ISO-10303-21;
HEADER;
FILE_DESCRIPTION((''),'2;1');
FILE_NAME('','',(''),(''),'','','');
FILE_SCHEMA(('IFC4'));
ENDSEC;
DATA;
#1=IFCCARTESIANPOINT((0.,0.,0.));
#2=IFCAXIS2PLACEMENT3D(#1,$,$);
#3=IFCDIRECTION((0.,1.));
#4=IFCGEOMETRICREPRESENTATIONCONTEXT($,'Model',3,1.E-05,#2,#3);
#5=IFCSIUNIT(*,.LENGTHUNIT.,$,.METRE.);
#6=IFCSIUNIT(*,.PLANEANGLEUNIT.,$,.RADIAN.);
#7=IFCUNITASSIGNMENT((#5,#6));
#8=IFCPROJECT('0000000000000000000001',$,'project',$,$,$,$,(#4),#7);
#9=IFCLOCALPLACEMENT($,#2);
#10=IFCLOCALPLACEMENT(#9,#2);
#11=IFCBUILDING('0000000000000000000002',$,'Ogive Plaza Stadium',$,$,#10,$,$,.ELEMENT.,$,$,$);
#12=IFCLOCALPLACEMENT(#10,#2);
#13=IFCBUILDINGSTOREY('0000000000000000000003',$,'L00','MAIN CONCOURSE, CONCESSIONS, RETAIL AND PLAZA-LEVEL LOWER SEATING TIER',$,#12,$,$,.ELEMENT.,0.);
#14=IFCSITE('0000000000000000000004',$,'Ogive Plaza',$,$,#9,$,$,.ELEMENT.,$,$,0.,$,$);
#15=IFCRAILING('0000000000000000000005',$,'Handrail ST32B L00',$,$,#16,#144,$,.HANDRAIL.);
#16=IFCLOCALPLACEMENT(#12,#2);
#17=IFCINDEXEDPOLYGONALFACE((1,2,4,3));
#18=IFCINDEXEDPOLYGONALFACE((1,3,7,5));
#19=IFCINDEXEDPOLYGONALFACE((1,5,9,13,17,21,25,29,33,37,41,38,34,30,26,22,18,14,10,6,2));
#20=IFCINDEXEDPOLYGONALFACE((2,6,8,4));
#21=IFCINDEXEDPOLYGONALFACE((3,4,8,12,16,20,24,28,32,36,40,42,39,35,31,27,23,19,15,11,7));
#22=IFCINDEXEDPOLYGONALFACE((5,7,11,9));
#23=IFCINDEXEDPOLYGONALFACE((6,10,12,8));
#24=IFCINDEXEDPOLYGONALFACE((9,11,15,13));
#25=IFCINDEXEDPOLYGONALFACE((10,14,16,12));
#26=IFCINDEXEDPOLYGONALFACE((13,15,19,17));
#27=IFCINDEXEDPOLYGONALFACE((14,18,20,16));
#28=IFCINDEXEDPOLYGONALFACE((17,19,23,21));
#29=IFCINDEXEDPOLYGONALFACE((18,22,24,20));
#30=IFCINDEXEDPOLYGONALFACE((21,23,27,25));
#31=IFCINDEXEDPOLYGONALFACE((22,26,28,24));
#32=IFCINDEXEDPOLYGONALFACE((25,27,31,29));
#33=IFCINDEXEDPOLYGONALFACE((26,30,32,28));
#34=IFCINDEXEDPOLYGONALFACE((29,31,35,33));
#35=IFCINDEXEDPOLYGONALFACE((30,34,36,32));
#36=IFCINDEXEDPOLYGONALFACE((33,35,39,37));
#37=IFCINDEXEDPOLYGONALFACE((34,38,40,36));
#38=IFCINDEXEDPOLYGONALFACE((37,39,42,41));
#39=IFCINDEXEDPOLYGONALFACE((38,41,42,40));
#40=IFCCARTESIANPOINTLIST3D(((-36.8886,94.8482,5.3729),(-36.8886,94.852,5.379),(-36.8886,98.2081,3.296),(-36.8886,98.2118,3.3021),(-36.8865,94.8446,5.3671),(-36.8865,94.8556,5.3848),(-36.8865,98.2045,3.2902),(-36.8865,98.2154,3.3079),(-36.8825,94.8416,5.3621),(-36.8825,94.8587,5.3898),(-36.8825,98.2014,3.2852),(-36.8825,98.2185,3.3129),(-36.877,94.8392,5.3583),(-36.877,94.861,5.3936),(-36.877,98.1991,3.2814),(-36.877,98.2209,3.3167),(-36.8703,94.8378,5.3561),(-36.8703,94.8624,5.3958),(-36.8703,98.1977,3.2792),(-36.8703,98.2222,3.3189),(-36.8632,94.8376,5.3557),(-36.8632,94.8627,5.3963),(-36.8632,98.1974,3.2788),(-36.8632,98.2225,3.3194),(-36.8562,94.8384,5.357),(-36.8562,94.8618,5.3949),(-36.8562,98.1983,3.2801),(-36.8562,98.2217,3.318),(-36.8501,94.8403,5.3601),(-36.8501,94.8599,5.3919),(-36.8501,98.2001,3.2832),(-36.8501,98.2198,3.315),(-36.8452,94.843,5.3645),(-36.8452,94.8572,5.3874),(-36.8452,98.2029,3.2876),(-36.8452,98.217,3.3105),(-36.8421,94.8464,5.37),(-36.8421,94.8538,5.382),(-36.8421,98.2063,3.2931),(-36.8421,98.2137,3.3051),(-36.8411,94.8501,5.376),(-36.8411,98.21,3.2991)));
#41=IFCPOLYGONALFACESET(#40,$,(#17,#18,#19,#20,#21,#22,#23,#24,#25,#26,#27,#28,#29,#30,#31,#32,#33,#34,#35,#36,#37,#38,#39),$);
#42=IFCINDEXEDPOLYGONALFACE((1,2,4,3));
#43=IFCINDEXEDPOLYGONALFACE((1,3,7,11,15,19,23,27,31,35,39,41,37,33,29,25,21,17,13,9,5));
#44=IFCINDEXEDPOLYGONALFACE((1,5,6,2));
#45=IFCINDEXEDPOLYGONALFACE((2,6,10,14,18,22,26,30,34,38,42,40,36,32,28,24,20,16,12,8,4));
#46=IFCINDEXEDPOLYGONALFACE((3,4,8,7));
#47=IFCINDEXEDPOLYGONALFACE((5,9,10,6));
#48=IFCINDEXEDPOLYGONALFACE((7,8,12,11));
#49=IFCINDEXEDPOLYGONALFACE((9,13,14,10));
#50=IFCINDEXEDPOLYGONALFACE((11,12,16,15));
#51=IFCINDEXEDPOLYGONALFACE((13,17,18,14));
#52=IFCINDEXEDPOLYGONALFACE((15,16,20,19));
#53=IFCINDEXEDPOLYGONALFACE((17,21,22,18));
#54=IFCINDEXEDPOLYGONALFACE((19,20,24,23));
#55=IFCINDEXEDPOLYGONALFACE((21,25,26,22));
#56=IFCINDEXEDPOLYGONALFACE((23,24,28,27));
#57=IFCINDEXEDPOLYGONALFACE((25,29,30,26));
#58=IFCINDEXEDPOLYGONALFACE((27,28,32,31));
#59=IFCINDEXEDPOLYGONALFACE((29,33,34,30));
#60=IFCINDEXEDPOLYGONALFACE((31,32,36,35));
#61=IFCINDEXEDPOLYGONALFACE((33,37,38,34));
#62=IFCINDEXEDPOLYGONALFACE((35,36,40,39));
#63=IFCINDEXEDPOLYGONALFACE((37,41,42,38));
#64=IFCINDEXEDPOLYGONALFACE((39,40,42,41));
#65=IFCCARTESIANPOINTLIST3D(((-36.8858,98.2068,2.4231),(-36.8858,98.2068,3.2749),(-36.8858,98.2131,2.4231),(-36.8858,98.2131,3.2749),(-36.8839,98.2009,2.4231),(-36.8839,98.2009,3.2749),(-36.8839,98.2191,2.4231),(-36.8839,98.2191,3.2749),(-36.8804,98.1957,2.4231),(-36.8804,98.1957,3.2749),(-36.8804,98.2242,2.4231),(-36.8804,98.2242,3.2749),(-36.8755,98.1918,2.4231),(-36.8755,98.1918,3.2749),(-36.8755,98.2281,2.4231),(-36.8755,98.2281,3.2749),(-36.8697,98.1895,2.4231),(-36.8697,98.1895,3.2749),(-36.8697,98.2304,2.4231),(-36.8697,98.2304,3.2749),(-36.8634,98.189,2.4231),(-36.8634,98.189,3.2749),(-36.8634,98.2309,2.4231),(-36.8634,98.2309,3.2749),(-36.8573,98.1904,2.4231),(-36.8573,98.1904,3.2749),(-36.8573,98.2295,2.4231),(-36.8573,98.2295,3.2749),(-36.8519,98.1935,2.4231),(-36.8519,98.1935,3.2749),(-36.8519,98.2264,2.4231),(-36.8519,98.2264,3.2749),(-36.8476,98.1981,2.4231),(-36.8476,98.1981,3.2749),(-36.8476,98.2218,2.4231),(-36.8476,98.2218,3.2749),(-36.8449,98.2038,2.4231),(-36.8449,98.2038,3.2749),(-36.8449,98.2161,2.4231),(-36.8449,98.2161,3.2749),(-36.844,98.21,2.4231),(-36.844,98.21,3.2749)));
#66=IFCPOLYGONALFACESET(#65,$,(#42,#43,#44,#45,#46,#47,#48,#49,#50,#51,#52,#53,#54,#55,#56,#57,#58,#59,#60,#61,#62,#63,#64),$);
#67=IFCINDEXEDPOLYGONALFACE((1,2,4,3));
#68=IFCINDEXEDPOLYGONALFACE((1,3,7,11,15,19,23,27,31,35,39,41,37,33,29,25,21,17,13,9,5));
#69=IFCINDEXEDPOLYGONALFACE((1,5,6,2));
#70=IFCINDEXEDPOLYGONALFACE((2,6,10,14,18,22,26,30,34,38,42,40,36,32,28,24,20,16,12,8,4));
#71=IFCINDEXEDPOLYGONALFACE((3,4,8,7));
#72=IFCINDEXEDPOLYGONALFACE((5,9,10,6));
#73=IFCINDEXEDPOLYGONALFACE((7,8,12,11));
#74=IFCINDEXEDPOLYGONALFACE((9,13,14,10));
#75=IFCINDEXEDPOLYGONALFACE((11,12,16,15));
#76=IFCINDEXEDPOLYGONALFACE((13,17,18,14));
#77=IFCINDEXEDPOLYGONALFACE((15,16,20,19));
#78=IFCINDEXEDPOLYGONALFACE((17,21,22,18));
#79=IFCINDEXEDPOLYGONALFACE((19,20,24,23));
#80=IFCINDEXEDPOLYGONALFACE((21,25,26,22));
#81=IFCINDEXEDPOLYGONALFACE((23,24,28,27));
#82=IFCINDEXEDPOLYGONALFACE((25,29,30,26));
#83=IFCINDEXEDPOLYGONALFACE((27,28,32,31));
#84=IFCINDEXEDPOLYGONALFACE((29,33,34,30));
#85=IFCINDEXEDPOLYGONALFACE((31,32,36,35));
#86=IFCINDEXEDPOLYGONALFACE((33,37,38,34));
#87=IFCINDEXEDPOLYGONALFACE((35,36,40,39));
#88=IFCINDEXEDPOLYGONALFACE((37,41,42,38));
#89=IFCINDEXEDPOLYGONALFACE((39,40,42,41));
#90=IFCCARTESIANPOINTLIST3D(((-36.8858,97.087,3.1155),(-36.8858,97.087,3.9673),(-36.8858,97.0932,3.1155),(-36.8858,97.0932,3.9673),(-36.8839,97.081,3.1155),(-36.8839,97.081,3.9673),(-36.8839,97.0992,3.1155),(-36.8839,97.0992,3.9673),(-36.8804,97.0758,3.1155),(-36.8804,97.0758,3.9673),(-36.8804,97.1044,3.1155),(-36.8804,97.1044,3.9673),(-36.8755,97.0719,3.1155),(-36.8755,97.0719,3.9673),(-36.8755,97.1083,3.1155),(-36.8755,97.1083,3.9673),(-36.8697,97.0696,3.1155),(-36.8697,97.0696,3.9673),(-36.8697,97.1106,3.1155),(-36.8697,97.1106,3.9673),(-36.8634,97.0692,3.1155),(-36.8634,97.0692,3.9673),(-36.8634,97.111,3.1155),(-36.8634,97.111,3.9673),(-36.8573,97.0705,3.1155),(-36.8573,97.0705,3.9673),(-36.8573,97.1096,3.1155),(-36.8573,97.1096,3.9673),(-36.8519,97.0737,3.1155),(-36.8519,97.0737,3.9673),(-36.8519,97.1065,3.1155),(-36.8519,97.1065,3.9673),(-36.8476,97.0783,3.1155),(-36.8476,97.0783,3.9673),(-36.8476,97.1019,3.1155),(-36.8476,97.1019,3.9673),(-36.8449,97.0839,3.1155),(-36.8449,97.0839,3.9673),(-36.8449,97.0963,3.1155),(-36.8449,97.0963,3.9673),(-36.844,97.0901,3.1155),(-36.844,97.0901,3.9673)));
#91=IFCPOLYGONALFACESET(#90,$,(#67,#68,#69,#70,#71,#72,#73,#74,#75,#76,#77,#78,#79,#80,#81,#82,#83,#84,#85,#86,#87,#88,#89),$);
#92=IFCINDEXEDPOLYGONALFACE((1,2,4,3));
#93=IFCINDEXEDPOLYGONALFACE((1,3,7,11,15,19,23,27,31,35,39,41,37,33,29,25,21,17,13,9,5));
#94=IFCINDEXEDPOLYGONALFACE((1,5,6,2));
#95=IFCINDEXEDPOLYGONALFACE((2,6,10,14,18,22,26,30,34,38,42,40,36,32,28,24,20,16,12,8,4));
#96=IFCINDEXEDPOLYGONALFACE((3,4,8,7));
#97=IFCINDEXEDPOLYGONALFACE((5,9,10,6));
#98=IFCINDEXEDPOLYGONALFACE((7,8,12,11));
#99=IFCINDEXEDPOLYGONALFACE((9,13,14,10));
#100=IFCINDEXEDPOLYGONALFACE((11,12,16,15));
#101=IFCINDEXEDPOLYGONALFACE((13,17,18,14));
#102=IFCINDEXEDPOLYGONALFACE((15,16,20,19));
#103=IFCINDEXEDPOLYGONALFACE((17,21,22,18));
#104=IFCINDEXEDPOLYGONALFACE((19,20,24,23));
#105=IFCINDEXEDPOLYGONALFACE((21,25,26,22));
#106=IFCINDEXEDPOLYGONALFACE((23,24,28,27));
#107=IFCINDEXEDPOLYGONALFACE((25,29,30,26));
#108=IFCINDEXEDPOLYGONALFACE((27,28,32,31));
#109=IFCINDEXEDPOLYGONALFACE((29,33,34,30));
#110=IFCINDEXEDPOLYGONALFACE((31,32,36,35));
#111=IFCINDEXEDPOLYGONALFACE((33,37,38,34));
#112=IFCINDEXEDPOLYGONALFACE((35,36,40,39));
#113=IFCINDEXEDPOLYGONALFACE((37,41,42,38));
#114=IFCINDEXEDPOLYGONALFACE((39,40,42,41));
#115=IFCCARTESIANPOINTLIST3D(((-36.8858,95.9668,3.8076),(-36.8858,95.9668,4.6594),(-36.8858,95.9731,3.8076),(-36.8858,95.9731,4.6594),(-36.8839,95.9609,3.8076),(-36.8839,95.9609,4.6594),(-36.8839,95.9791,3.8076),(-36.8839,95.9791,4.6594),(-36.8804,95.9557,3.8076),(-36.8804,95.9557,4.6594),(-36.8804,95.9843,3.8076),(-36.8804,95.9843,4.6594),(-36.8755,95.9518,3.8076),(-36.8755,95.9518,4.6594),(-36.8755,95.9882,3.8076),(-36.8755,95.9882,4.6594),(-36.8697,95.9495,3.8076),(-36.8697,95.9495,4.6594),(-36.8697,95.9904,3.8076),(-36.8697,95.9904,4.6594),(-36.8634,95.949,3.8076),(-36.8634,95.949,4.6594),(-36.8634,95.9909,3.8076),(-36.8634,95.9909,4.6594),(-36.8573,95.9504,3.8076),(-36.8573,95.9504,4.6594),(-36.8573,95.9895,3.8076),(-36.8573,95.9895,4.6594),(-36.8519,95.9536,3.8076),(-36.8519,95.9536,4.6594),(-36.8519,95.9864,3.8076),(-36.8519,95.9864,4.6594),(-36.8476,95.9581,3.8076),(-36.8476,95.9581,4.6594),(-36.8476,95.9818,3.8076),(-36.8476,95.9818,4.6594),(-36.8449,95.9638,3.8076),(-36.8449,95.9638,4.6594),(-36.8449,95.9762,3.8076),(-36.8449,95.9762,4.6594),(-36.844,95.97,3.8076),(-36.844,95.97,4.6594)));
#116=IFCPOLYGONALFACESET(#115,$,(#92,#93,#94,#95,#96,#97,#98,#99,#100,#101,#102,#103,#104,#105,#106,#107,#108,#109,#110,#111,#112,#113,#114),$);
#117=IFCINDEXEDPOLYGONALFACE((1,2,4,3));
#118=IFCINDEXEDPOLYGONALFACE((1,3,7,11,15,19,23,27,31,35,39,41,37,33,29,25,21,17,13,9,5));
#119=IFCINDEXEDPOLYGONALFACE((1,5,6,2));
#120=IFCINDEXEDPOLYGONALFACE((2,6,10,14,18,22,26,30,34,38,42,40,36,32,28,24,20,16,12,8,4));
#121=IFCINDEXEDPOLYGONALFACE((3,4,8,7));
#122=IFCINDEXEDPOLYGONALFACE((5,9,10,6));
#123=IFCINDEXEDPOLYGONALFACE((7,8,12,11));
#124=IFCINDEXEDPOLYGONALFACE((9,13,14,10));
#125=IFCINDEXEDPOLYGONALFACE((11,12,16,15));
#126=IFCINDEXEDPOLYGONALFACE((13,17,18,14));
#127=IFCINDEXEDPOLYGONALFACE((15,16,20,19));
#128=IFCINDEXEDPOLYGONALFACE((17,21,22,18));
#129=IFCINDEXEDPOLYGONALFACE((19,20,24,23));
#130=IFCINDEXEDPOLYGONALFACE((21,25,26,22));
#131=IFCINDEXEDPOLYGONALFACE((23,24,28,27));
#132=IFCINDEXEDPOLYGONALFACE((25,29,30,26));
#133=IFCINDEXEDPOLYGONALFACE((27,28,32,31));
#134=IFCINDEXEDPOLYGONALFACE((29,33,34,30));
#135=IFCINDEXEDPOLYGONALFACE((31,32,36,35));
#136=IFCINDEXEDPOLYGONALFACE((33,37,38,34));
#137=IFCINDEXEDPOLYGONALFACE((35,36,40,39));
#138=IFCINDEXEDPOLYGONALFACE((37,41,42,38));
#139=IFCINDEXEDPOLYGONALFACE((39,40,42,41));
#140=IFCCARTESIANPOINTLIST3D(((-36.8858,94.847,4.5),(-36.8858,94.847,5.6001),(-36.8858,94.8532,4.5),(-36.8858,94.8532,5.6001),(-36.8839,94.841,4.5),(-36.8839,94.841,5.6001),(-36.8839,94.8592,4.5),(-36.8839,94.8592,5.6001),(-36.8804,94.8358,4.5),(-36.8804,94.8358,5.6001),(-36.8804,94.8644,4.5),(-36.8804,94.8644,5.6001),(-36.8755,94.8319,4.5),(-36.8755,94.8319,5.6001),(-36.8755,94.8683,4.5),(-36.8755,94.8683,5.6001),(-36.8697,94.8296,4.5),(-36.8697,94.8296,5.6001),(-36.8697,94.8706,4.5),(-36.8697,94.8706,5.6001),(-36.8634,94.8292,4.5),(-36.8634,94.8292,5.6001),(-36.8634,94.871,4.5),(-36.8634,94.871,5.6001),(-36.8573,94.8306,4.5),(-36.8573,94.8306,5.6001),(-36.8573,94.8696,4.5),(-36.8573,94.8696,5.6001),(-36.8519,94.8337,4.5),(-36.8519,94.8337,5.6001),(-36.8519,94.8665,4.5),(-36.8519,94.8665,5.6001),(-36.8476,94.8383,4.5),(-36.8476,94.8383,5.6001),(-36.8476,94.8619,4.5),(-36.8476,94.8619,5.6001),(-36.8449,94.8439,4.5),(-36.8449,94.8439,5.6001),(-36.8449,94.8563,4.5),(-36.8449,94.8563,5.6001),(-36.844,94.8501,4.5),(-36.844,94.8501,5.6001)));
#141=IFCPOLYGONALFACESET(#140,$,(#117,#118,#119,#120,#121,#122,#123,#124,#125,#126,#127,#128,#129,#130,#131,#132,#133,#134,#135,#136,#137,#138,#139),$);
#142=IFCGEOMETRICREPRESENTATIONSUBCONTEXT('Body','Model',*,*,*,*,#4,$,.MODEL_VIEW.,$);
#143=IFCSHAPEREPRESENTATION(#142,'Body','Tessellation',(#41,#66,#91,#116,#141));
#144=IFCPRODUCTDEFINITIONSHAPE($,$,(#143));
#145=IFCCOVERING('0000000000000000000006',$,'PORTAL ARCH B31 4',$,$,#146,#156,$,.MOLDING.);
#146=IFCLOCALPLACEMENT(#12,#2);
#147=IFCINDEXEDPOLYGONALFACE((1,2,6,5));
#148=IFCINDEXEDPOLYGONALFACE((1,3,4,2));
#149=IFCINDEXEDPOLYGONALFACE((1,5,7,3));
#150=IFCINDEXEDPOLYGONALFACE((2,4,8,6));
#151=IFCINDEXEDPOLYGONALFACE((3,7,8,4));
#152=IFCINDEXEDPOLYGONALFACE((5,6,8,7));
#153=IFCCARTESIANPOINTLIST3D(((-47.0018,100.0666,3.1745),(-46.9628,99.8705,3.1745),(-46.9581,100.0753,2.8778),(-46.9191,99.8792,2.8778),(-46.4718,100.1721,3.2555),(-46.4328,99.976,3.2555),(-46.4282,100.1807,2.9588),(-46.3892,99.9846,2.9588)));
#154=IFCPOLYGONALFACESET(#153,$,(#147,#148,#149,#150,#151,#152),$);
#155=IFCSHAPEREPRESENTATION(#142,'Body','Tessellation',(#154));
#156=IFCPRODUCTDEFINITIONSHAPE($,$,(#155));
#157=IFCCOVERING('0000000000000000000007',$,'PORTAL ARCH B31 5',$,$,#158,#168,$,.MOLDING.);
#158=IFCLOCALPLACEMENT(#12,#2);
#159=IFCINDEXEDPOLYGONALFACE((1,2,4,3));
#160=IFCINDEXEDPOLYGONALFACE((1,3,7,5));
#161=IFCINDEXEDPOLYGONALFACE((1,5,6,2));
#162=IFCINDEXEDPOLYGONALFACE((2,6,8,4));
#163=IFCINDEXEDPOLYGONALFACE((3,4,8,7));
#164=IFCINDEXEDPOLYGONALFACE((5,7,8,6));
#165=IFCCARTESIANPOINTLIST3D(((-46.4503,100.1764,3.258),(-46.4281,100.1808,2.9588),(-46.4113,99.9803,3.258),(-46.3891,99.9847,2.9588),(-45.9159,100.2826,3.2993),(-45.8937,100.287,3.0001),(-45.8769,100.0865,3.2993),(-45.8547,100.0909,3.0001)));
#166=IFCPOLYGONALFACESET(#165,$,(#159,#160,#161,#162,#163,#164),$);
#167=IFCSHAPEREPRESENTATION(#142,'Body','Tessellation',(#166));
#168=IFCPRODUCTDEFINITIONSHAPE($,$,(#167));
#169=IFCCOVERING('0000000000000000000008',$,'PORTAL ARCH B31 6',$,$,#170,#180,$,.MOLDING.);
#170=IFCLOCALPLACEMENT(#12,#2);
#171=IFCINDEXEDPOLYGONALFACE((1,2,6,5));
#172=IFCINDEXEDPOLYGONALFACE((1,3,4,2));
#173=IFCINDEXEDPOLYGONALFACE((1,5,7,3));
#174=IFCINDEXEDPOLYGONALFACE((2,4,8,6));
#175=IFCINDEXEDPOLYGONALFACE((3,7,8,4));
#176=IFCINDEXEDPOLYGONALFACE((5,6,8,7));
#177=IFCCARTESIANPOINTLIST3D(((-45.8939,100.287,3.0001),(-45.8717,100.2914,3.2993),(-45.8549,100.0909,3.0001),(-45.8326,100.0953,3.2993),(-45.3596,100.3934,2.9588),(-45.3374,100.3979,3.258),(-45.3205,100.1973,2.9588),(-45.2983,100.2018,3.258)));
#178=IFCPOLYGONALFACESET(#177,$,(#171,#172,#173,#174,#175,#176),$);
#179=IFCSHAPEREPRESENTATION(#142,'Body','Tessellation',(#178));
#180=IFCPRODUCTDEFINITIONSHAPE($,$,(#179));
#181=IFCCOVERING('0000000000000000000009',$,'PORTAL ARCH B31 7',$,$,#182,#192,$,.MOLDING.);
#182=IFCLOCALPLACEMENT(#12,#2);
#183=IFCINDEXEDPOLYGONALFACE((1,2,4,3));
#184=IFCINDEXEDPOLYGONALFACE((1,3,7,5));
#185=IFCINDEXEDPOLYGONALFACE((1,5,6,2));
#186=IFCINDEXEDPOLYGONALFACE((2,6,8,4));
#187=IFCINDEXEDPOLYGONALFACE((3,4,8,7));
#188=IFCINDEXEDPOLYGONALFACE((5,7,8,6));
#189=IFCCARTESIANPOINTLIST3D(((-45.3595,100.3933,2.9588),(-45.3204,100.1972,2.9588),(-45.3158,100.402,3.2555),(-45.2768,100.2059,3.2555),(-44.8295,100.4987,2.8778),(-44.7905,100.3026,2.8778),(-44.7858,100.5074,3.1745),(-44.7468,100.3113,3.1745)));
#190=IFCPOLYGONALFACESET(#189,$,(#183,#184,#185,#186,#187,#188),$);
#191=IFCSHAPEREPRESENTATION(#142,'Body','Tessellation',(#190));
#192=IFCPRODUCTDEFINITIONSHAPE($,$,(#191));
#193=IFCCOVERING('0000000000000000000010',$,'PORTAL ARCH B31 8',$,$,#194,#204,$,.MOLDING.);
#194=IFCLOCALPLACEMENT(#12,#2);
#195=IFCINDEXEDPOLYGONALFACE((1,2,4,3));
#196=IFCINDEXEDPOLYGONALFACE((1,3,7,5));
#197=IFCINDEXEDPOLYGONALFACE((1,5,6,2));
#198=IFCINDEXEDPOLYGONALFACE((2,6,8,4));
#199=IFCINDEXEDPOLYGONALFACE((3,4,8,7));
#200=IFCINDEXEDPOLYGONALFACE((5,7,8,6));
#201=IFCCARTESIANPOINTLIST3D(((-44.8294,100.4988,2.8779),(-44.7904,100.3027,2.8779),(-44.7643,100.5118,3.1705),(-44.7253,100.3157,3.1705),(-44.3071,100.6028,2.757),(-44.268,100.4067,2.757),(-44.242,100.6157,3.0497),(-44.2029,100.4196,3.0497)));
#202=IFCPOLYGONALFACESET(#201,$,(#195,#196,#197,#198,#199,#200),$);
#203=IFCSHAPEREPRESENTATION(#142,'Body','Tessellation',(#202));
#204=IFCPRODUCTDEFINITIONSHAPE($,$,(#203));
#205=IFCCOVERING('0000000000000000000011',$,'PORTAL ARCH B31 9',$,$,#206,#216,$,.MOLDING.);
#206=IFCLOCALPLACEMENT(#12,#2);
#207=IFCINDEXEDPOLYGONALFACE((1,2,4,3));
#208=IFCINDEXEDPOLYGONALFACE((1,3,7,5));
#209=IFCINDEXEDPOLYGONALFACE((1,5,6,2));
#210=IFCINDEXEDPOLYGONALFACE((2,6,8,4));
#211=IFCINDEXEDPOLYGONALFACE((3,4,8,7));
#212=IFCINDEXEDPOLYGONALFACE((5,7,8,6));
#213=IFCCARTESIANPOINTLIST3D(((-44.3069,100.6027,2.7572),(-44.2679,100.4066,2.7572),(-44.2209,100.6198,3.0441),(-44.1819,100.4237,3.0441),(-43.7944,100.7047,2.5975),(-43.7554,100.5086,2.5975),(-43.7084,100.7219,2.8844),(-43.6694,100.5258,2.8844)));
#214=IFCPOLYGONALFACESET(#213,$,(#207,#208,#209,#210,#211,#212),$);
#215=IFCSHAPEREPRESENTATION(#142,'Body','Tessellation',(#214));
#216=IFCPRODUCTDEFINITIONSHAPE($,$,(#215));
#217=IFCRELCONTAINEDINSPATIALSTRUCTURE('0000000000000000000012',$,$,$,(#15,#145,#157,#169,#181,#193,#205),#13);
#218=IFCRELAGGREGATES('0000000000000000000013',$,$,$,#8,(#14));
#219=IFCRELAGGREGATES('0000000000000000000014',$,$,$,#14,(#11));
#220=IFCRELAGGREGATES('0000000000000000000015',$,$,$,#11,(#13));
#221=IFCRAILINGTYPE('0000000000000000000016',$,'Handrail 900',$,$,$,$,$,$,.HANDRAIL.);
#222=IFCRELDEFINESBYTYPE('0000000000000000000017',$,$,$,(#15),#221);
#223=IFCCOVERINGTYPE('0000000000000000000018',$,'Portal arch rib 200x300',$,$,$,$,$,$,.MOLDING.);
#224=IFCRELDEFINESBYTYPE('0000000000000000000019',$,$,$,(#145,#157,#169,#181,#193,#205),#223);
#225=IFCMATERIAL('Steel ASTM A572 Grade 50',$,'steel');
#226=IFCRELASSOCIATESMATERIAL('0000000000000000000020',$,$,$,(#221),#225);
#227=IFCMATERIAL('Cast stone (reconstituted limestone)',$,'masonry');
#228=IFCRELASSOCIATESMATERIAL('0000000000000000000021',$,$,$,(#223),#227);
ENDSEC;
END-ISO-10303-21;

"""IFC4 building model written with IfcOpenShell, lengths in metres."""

from ifc_helpers import new_model, si_unit, direction, frame, origin, origin_2d, place, context, subcontext, project, spatial, rectangle, circle, extrude, material, material_profile, profile_set, type_object, element, save


model = new_model("IFC4")

# Units and contexts
model_context = context("Model", 3, precision=1e-05, world=origin(), true_north=direction((0.0, 1.0)))
body_context = subcontext(model_context, "Body", "Model", "MODEL_VIEW")
ifc_project = project(units=[si_unit("LENGTHUNIT", "METRE"), si_unit("PLANEANGLEUNIT", "RADIAN")], contexts=[model_context])

# Site, building, storey
site_placement = place(None, origin())
site = spatial("IfcSite", under=ifc_project, at=site_placement, Name="Ogive Plaza", CompositionType="ELEMENT", RefElevation=0.0)
building_placement = place(site_placement, origin())
building = spatial("IfcBuilding", under=site, at=building_placement, Name="Ogive Plaza Stadium", CompositionType="ELEMENT")
storey_placement = place(building_placement, origin())
storey = spatial("IfcBuildingStorey", under=building, at=storey_placement, Name="L00", Description="MAIN CONCOURSE, CONCESSIONS, RETAIL AND PLAZA-LEVEL LOWER SEATING TIER", CompositionType="ELEMENT", Elevation=0.0)

# Railing
ifc_material_1 = material(Name="Steel ASTM A572 Grade 50", Category="steel")
railing_type_1 = type_object("IfcRailingType", Name="Handrail 900", PredefinedType="HANDRAIL", material=ifc_material_1)
for number, where, name in (
    (1, (-36.865, 98.21, 2.4231), "Handrail ST32B L00"),
):
    element("IfcRailing", number, at=place(storey_placement, frame(where)), inside=storey, type_object=railing_type_1, Name=name, PredefinedType="HANDRAIL", context=body_context, shape_type="SweptSolid", body=[
        extrude(circle(Radius=0.0239, at=origin_2d()), frame((0.0, 0.0, 0.876), z_axis=(0.0, -0.850606, 0.525803), x_axis=(1.0, 0.0, 0.0)), (0.0, 0.0, 1.0), 3.95),
        extrude(circle(Radius=0.021, at=origin_2d()), origin(), (0.0, 0.0, 1.0), 0.8518),
        extrude(circle(Radius=0.021, at=origin_2d()), frame((0.0, -1.1199, 0.6924)), (0.0, 0.0, 1.0), 0.8518),
        extrude(circle(Radius=0.021, at=origin_2d()), frame((0.0, -2.24, 1.3845)), (0.0, 0.0, 1.0), 0.8518),
        extrude(circle(Radius=0.021, at=origin_2d()), frame((0.0, -3.3599, 2.0769)), (0.0, 0.0, 1.0), 1.1001),
    ])

# Coverings
ifc_material_2 = material(Name="Cast stone (reconstituted limestone)", Category="masonry")
ifc_material_profile_1 = material_profile(ifc_material_2, rectangle(XDim=0.2, YDim=0.3, at=origin_2d()), Name="Cast stone 200x300")
ifc_profile_set_1 = profile_set([ifc_material_profile_1], Name="Cast stone (reconstituted limestone)")
covering_type = type_object("IfcCoveringType", Name="Portal arch rib 200x300", PredefinedType="MOLDING", material=ifc_profile_set_1)
for number, where, z_axis, x_axis, name in (
    (2, (-46.9604, 99.9729, 3.0261), (0.969923, 0.193002, 0.148325), (-0.19516, 0.980771, 0.0), "PORTAL ARCH B31 4"),
    (3, (-46.4197, 100.0806, 3.1084), (0.978021, 0.194353, 0.075507), (-0.19491, 0.980821, 0.0), "PORTAL ARCH B31 5"),
    (4, (-45.8633, 100.1912, 3.1497), (0.977936, 0.194783, -0.075501), (-0.195341, 0.980735, 0.0), "PORTAL ARCH B31 6"),
    (5, (-45.3181, 100.2996, 3.1072), (0.969923, 0.193002, -0.148325), (-0.19516, 0.980771, 0.0), "PORTAL ARCH B31 7"),
):
    element("IfcCovering", number, at=place(storey_placement, frame(where, z_axis=z_axis, x_axis=x_axis)), inside=storey, type_object=covering_type, Name=name, PredefinedType="MOLDING", context=body_context, shape_type="SweptSolid", body=[
        extrude(rectangle(XDim=0.2, YDim=0.3, at=origin_2d()), origin(), (0.0, 0.0, 1.0), 0.5464),
    ])
covering_placement = place(storey_placement, frame((-44.7773, 100.4072, 3.0242), z_axis=(0.956454, 0.190397, -0.221236), x_axis=(-0.195235, 0.980757, 0.0)))
element("IfcCovering", 6, at=covering_placement, inside=storey, type_object=covering_type, Name="PORTAL ARCH B31 8", PredefinedType="MOLDING", context=body_context, shape_type="SweptSolid", body=[
    extrude(rectangle(XDim=0.2, YDim=0.3, at=origin_2d()), origin(), (0.0, 0.0, 1.0), 0.5461),
])
for number, where, z_axis, x_axis, name in (
    (7, (-44.2444, 100.5132, 2.9006), (0.937929, 0.186781, -0.292237), (-0.195307, 0.980742, 0.0), "PORTAL ARCH B31 9"),
):
    element("IfcCovering", number, at=place(storey_placement, frame(where, z_axis=z_axis, x_axis=x_axis)), inside=storey, type_object=covering_type, Name=name, PredefinedType="MOLDING", context=body_context, shape_type="SweptSolid", body=[
        extrude(rectangle(XDim=0.2, YDim=0.3, at=origin_2d()), origin(), (0.0, 0.0, 1.0), 0.5464),
    ])

save(model, "model.ifc")
